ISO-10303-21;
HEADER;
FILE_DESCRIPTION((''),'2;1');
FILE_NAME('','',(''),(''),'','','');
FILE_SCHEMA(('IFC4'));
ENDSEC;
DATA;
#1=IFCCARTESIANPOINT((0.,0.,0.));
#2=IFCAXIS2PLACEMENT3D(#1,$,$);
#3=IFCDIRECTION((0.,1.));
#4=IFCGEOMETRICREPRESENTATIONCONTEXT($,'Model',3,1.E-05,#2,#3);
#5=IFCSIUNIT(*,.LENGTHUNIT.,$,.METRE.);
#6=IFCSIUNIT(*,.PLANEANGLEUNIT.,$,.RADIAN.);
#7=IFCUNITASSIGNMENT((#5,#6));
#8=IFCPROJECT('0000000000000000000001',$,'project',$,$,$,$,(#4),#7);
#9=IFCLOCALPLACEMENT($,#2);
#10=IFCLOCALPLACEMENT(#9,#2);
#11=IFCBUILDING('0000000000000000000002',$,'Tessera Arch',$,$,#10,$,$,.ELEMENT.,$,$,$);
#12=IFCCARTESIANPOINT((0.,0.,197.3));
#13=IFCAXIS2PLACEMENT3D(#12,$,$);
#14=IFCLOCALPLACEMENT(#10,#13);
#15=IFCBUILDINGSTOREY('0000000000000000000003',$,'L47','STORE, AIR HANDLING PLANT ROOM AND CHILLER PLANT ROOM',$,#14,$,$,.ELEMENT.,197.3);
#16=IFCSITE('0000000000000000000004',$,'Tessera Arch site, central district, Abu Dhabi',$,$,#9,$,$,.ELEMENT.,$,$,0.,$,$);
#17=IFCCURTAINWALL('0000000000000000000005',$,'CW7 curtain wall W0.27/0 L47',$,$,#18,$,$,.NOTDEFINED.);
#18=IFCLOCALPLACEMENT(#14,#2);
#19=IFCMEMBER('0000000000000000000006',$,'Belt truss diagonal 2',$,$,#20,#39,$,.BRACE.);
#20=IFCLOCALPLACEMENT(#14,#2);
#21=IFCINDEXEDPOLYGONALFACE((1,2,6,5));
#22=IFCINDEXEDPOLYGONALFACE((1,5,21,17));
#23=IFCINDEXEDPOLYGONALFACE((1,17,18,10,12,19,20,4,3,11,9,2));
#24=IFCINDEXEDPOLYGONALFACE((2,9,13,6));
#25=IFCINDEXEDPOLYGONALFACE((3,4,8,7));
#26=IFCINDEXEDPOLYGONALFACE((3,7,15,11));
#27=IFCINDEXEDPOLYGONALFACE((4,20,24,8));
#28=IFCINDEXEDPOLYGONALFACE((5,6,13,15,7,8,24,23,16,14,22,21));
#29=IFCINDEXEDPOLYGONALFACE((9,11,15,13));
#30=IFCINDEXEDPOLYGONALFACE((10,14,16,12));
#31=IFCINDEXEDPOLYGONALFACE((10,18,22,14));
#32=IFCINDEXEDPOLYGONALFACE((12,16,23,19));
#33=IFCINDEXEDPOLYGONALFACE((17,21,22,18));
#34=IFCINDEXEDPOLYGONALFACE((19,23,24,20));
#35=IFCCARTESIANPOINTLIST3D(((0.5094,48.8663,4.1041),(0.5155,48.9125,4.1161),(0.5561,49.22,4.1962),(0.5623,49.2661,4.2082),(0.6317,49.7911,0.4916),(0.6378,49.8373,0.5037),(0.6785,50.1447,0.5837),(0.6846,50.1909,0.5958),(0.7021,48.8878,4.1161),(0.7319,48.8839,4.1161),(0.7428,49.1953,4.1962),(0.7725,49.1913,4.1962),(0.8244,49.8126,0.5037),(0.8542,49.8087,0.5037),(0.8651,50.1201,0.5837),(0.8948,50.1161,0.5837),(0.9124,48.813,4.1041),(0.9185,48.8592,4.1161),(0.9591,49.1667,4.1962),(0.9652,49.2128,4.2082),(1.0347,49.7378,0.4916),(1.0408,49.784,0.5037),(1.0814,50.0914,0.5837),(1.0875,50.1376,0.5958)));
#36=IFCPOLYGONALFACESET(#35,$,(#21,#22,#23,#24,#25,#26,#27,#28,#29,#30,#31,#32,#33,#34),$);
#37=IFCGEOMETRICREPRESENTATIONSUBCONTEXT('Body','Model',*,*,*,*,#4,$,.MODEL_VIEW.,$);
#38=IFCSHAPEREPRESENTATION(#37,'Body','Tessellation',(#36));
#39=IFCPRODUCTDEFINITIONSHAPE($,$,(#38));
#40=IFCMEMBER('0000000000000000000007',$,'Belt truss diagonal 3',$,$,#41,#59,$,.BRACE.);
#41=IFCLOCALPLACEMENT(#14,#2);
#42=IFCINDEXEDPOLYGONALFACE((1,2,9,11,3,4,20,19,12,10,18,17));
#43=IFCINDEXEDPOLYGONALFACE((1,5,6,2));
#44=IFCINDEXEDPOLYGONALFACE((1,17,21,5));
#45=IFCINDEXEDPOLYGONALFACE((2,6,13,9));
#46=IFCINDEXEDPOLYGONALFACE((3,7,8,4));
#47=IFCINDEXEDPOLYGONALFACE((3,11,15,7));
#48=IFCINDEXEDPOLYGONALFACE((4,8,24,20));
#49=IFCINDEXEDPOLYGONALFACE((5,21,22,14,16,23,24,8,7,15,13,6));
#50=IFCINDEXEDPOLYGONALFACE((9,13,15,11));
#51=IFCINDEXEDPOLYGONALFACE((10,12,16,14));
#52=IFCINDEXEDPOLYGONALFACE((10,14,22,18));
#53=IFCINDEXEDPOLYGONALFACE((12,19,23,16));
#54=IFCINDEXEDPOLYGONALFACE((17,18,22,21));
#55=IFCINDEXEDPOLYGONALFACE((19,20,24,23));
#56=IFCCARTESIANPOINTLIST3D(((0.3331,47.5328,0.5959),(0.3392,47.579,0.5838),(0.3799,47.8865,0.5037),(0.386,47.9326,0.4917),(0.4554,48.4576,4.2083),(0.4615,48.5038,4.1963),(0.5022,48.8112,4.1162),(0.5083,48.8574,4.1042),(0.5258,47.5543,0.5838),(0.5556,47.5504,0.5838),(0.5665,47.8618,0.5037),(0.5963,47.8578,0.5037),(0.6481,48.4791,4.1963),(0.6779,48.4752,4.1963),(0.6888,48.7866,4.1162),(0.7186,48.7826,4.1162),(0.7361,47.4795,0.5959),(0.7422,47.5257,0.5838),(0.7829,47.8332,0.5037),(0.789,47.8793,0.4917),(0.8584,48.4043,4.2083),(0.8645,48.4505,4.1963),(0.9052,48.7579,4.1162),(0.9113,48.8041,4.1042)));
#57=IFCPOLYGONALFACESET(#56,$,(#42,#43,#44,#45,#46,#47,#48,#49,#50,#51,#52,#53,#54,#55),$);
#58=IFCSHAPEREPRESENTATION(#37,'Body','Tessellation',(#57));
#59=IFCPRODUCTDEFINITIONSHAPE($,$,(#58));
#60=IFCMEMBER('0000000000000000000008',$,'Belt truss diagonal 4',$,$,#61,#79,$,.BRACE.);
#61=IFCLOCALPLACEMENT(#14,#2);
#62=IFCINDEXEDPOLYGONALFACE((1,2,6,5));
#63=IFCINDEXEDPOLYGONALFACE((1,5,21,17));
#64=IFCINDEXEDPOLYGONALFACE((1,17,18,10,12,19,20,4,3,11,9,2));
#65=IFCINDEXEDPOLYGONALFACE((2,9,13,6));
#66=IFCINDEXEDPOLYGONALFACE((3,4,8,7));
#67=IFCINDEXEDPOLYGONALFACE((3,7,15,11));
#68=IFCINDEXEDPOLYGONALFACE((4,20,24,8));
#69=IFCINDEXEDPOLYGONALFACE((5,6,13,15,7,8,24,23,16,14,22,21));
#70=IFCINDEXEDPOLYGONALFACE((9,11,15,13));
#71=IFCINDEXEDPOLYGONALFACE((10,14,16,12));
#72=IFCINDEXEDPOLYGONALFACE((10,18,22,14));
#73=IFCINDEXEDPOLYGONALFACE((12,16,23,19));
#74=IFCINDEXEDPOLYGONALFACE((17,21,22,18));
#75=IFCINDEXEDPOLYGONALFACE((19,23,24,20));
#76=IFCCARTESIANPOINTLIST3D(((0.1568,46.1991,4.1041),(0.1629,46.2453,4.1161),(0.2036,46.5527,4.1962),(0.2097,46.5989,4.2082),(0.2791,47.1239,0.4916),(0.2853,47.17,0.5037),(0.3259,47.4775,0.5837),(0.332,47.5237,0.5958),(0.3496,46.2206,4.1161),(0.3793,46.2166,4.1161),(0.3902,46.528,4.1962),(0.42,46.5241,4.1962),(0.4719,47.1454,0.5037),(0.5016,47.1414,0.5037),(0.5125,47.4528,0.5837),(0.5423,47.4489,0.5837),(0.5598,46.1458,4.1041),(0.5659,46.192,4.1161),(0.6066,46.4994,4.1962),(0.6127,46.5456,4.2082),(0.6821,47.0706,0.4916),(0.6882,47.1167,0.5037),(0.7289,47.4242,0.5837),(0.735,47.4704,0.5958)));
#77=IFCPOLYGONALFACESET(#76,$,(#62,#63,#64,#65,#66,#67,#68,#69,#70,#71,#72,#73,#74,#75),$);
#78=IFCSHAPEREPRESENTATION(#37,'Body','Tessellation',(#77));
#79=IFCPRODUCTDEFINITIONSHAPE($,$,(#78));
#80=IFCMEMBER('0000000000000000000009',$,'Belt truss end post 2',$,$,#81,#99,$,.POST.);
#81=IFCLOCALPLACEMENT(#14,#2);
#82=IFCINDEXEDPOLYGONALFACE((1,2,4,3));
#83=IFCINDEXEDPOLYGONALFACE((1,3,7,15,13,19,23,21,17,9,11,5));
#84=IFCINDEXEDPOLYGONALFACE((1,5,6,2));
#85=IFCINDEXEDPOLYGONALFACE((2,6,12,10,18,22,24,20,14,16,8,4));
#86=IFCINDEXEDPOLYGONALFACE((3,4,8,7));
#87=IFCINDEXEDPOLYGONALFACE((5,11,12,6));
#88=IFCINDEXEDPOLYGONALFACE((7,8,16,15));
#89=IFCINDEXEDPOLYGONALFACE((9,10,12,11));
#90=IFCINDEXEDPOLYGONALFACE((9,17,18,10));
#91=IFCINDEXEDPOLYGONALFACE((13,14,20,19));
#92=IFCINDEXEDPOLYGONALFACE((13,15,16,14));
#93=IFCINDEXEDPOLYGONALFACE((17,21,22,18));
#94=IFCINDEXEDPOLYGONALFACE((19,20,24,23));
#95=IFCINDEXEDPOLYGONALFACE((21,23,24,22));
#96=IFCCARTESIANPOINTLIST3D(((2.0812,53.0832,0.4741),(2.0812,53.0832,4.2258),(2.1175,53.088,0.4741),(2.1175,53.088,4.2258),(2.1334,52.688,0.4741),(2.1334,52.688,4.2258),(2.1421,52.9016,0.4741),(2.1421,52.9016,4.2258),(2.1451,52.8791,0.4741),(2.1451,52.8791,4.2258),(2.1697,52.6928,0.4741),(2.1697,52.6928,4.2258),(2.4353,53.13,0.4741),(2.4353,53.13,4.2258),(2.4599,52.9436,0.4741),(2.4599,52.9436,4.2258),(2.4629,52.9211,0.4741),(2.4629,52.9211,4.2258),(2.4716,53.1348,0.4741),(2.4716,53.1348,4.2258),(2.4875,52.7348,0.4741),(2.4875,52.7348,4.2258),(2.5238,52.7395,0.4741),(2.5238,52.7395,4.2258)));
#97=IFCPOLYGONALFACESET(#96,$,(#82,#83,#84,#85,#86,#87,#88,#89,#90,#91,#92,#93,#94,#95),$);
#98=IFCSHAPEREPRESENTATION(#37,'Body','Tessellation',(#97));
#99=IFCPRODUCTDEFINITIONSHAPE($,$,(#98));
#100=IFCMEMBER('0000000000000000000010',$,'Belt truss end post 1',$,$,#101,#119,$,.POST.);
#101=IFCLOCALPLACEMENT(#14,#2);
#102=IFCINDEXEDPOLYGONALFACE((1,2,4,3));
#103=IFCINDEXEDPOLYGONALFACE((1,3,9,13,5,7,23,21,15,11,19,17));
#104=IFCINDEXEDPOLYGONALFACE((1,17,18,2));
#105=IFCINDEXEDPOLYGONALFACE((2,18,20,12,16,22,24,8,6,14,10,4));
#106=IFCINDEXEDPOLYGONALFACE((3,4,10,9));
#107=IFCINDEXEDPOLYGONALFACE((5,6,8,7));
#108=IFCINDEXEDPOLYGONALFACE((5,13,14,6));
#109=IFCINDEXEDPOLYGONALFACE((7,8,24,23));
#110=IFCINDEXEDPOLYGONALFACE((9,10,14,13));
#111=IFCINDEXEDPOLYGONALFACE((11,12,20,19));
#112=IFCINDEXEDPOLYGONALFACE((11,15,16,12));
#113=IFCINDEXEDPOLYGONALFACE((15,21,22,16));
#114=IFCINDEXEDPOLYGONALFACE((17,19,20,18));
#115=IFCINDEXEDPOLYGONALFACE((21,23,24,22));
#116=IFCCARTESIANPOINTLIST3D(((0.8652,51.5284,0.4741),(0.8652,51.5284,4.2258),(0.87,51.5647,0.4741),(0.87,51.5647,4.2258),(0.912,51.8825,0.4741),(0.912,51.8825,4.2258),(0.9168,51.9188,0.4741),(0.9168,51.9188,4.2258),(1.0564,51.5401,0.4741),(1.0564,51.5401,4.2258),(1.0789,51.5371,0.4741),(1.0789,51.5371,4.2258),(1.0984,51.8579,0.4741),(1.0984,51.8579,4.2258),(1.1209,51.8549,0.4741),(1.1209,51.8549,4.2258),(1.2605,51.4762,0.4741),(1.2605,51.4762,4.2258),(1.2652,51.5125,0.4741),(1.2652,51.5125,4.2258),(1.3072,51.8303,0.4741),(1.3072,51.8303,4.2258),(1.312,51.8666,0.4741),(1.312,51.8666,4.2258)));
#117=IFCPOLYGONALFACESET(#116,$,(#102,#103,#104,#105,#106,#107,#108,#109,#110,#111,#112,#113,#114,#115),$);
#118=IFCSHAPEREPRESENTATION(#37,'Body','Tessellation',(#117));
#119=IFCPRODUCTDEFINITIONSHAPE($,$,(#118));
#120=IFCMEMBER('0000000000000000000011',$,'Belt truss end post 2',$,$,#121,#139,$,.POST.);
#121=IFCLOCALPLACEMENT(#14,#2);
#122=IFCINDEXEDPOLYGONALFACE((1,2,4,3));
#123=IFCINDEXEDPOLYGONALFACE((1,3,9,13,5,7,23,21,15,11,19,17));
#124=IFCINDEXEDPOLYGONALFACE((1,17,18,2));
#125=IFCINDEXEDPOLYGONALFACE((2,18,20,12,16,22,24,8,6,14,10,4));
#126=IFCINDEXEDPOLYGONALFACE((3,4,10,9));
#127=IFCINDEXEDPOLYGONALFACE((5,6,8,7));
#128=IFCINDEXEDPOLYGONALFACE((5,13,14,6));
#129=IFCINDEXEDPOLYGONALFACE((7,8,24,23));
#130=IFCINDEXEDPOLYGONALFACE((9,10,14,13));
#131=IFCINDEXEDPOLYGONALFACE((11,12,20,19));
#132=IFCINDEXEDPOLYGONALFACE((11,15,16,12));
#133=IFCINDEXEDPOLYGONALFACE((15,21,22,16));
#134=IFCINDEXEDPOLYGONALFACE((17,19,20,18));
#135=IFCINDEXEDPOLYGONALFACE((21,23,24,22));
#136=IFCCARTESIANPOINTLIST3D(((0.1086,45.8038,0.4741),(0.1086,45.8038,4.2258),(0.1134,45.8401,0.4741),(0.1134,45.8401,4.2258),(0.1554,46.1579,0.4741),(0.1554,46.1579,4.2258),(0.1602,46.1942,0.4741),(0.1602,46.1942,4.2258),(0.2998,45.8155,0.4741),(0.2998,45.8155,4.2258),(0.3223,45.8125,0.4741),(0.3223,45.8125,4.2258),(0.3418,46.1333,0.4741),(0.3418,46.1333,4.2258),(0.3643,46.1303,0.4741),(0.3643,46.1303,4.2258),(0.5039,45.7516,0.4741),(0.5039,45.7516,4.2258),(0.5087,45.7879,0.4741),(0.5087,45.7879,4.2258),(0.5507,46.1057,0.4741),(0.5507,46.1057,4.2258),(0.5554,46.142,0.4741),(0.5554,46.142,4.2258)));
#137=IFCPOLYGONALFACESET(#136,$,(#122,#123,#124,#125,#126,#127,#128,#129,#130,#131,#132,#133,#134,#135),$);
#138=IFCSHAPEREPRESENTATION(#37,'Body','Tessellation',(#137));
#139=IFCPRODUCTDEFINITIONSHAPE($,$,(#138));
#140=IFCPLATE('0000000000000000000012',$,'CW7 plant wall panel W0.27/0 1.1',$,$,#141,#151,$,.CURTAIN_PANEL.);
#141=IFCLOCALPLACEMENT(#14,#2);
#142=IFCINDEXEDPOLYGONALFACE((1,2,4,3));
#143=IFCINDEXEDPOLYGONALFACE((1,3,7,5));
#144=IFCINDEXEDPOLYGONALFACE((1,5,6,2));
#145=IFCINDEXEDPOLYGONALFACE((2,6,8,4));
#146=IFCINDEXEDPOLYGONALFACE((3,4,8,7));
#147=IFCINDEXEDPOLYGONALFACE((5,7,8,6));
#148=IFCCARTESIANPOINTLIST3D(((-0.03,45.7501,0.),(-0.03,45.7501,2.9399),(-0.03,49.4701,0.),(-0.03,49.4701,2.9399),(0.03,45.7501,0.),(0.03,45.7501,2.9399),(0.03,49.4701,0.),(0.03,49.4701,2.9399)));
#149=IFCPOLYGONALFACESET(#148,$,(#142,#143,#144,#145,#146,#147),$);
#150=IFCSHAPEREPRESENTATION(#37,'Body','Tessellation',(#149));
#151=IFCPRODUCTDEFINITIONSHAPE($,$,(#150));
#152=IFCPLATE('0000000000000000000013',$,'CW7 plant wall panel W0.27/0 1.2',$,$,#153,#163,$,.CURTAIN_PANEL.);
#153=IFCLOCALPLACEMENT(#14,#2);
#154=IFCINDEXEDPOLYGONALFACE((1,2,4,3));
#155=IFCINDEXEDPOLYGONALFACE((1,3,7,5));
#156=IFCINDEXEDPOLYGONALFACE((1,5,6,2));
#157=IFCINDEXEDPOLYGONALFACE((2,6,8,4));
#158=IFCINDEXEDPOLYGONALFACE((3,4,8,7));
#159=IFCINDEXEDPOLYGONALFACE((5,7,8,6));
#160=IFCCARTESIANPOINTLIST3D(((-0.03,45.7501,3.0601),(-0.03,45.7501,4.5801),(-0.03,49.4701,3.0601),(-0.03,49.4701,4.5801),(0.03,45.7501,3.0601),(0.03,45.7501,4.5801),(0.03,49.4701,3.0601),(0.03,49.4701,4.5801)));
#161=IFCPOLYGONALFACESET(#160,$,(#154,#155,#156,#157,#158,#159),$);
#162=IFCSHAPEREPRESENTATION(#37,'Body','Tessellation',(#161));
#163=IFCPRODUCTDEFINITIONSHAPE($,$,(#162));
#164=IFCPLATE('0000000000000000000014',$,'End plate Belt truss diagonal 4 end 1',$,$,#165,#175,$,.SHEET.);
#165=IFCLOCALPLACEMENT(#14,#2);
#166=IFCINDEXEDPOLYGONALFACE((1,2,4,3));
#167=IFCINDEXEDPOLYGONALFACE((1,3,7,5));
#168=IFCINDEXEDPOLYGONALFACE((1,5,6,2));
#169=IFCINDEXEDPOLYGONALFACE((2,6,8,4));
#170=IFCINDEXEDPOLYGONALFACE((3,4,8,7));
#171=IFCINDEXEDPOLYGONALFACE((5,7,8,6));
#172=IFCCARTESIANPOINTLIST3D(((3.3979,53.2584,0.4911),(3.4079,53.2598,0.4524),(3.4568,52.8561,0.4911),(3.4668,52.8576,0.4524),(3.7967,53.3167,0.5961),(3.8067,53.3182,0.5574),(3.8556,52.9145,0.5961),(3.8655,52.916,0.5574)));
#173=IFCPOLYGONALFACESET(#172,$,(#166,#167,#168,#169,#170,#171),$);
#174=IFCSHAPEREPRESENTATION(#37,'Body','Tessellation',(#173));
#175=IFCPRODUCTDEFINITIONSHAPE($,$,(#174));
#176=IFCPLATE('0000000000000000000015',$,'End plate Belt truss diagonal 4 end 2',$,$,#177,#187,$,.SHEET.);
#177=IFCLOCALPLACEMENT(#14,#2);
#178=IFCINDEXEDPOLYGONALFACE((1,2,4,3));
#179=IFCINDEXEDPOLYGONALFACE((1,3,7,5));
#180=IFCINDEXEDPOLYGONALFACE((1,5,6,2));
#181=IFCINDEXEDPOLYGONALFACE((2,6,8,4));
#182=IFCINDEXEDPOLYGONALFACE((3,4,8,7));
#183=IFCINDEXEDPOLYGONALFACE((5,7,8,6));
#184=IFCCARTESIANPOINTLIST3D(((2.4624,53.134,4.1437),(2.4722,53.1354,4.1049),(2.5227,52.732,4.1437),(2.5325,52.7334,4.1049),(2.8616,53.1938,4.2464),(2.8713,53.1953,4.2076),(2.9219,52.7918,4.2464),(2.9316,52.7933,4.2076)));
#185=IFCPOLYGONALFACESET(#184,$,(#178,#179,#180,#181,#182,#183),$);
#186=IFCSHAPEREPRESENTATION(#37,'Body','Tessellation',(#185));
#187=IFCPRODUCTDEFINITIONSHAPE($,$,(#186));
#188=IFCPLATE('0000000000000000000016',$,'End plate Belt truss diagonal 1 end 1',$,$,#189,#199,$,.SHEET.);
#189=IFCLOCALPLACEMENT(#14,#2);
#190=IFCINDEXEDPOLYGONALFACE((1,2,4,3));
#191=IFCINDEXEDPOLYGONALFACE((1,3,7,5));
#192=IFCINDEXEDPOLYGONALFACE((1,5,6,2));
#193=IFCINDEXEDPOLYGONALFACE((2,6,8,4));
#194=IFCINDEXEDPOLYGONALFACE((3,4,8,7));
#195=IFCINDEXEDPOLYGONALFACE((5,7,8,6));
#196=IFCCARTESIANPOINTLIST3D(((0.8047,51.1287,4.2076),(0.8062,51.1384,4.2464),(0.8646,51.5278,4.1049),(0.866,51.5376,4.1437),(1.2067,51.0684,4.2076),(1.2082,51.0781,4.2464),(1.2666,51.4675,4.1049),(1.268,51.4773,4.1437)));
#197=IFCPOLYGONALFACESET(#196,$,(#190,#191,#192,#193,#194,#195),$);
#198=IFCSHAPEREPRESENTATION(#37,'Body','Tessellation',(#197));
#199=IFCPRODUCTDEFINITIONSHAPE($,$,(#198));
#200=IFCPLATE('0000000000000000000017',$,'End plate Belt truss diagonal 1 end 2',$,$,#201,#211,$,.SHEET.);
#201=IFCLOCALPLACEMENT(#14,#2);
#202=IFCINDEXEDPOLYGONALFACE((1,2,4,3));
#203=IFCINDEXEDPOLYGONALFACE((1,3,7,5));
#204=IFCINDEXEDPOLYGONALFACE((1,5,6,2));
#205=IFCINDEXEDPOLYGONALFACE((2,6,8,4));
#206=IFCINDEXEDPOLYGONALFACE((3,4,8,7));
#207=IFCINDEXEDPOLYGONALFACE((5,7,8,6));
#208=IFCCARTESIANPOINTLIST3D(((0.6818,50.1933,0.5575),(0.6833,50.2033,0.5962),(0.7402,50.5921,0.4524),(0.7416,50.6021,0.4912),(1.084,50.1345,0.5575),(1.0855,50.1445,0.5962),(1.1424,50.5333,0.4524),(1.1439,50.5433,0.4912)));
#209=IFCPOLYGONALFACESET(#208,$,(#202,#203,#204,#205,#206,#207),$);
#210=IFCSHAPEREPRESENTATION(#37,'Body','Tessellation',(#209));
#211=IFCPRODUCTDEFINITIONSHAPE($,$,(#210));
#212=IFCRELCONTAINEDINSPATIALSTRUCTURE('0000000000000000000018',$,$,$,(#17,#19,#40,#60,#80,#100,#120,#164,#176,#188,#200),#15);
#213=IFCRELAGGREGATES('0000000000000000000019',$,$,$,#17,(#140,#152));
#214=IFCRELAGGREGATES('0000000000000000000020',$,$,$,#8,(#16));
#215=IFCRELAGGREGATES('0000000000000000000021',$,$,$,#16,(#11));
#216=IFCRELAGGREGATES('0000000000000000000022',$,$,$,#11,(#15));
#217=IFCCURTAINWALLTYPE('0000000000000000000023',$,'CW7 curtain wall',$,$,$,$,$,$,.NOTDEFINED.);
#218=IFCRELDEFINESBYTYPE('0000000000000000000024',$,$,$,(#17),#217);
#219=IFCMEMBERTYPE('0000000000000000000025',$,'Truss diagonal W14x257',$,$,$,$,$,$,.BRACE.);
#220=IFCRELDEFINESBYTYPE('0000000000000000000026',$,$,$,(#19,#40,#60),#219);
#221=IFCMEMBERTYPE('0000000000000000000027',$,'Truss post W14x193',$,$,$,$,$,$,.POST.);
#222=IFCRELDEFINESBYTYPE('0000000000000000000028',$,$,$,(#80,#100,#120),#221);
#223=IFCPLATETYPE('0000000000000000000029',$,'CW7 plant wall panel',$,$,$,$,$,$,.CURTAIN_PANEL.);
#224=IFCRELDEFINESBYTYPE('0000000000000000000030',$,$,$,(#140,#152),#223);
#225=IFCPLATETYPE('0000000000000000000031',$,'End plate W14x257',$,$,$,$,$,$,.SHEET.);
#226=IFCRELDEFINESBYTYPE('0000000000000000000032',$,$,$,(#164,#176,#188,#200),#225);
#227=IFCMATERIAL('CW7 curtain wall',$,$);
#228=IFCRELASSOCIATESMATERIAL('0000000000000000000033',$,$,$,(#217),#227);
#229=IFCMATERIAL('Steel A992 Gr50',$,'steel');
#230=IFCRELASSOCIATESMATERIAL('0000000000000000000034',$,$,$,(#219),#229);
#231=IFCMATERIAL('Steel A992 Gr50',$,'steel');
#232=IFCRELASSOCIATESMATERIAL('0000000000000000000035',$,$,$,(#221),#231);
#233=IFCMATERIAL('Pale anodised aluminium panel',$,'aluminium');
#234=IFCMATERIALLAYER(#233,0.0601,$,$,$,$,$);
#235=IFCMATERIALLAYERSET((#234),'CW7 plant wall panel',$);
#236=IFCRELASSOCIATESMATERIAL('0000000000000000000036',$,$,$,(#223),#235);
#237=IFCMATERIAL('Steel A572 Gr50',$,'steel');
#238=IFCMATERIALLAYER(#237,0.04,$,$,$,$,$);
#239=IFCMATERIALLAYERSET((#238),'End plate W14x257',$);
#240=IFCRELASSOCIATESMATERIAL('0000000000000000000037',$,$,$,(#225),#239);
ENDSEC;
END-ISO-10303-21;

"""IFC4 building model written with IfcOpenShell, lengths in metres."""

from ifc_helpers import new_model, si_unit, direction, frame, origin, origin_2d, place, context, subcontext, project, spatial, rectangle, i_section, extrude, material, layer, layer_set, material_profile, profile_set, type_object, element, aggregate, save


model = new_model("IFC4")

# Units and contexts
model_context = context("Model", 3, precision=1e-05, world=origin(), true_north=direction((0.0, 1.0)))
body_context = subcontext(model_context, "Body", "Model", "MODEL_VIEW")
ifc_project = project(units=[si_unit("LENGTHUNIT", "METRE"), si_unit("PLANEANGLEUNIT", "RADIAN")], contexts=[model_context])

# Site, building, storey
site_placement = place(None, origin())
site = spatial("IfcSite", under=ifc_project, at=site_placement, Name="Tessera Arch site, central district, Abu Dhabi", CompositionType="ELEMENT", RefElevation=0.0)
building_placement = place(site_placement, origin())
building = spatial("IfcBuilding", under=site, at=building_placement, Name="Tessera Arch", CompositionType="ELEMENT")
storey_placement = place(building_placement, frame((0.0, 0.0, 197.3)))
storey = spatial("IfcBuildingStorey", under=building, at=storey_placement, Name="L47", Description="STORE, AIR HANDLING PLANT ROOM AND CHILLER PLANT ROOM", CompositionType="ELEMENT", Elevation=197.3)

# Curtain wall
ifc_material_1 = material(Name="CW7 curtain wall")
curtain_wall_type = type_object("IfcCurtainWallType", Name="CW7 curtain wall", PredefinedType="NOTDEFINED", material=ifc_material_1)
curtain_wall_placement = place(storey_placement, origin())
curtain_wall = element("IfcCurtainWall", 1, at=curtain_wall_placement, inside=storey, type_object=curtain_wall_type, Name="CW7 curtain wall W0.27/0 L47", PredefinedType="NOTDEFINED")

# Members
ifc_material_2 = material(Name="Steel A992 Gr50", Category="steel")
ifc_material_profile_1 = material_profile(ifc_material_2, i_section(OverallWidth=0.4065, OverallDepth=0.4165, WebThickness=0.03, FlangeThickness=0.0481, at=origin_2d()), Name="W14x257")
ifc_profile_set_1 = profile_set([ifc_material_profile_1], Name="Steel A992 Gr50")
member_type_1 = type_object("IfcMemberType", Name="Truss diagonal W14x257", PredefinedType="BRACE", material=ifc_profile_set_1)
for number, where, z_axis, x_axis, name in (
    (2, (0.8596, 49.9644, 0.5437), (-0.032783, -0.247867, 0.968239), (0.991367, -0.131118, 0.0), "Belt truss diagonal 2"),
    (3, (0.6833, 48.6309, 4.1562), (-0.032783, -0.247867, -0.968239), (0.991367, -0.131118, 0.0), "Belt truss diagonal 3"),
    (4, (0.5071, 47.2971, 0.5437), (-0.032783, -0.247867, 0.968239), (0.991367, -0.131118, 0.0), "Belt truss diagonal 4"),
):
    element("IfcMember", number, at=place(storey_placement, frame(where, z_axis=z_axis, x_axis=x_axis)), inside=storey, type_object=member_type_1, Name=name, PredefinedType="BRACE", context=body_context, shape_type="SweptSolid", body=[
        extrude(i_section(OverallWidth=0.4065, OverallDepth=0.4165, WebThickness=0.03, FlangeThickness=0.0481, at=origin_2d()), origin(), (0.0, 0.0, 1.0), 3.731),
    ])
ifc_material_3 = material(Name="Steel A992 Gr50", Category="steel")
ifc_material_profile_2 = material_profile(ifc_material_3, i_section(OverallWidth=0.3987, OverallDepth=0.3938, WebThickness=0.0227, FlangeThickness=0.0366, at=origin_2d()), Name="W14x193")
ifc_profile_set_2 = profile_set([ifc_material_profile_2], Name="Steel A992 Gr50")
member_type_2 = type_object("IfcMemberType", Name="Truss post W14x193", PredefinedType="POST", material=ifc_profile_set_2)
for number, where, z_axis, x_axis, name in (
    (5, (2.3025, 52.9114, 0.4741), (0.0, 0.0, 1.0), (-0.131003, 0.991382, 0.0), "Belt truss end post 2"),
    (6, (1.0886, 51.6975, 0.4741), (0.0, 0.0, 1.0), (-0.991382, 0.131003, 0.0), "Belt truss end post 1"),
    (7, (0.332, 45.9729, 0.4741), (0.0, 0.0, 1.0), (-0.991382, 0.131003, 0.0), "Belt truss end post 2"),
):
    element("IfcMember", number, at=place(storey_placement, frame(where, z_axis=z_axis, x_axis=x_axis)), inside=storey, type_object=member_type_2, Name=name, PredefinedType="POST", context=body_context, shape_type="SweptSolid", body=[
        extrude(i_section(OverallWidth=0.3987, OverallDepth=0.3938, WebThickness=0.0227, FlangeThickness=0.0366, at=origin_2d()), origin(), (0.0, 0.0, 1.0), 3.7517),
    ])

# Plates
ifc_material_4 = material(Name="Pale anodised aluminium panel", Category="aluminium")
ifc_layer_1 = layer(ifc_material_4, 0.0601)
ifc_layer_set_1 = layer_set([ifc_layer_1], Name="CW7 plant wall panel")
plate_type_1 = type_object("IfcPlateType", Name="CW7 plant wall panel", PredefinedType="CURTAIN_PANEL", material=ifc_layer_set_1)
plate_1_placement = place(storey_placement, frame((0.0, 47.6101, 0.0), z_axis=(0.0, 0.0, 1.0), x_axis=(0.0, -1.0, 0.0)))
plate_1 = element("IfcPlate", 8, at=plate_1_placement, type_object=plate_type_1, Name="CW7 plant wall panel W0.27/0 1.1", PredefinedType="CURTAIN_PANEL", context=body_context, shape_type="SweptSolid", body=[
    extrude(rectangle(XDim=3.72, YDim=0.0601, at=origin_2d()), origin(), (0.0, 0.0, 1.0), 2.9399),
])
plate_2_placement = place(storey_placement, frame((0.0, 47.6101, 3.0601), z_axis=(0.0, 0.0, 1.0), x_axis=(0.0, -1.0, 0.0)))
plate_2 = element("IfcPlate", 9, at=plate_2_placement, type_object=plate_type_1, Name="CW7 plant wall panel W0.27/0 1.2", PredefinedType="CURTAIN_PANEL", context=body_context, shape_type="SweptSolid", body=[
    extrude(rectangle(XDim=3.72, YDim=0.0601, at=origin_2d()), origin(), (0.0, 0.0, 1.0), 1.52),
])
aggregate(curtain_wall, [plate_1, plate_2])

# Plates
ifc_material_5 = material(Name="Steel A572 Gr50", Category="steel")
ifc_layer_2 = layer(ifc_material_5, 0.04)
ifc_layer_set_2 = layer_set([ifc_layer_2], Name="End plate W14x257")
plate_type_2 = type_object("IfcPlateType", Name="End plate W14x257", PredefinedType="SHEET", material=ifc_layer_set_2)
for number, where, z_axis, x_axis, name in (
    (10, (3.6367, 53.0879, 0.5049), (-0.249527, -0.036516, 0.967679), (0.144799, -0.989461, 0.0), "End plate Belt truss diagonal 4 end 1"),
    (11, (2.7019, 52.9644, 4.1562), (-0.243807, -0.036571, 0.969134), (0.14834, -0.988936, 0.0), "End plate Belt truss diagonal 4 end 2"),
    (12, (1.0371, 51.3079, 4.1951), (-0.036571, -0.243807, -0.969134), (0.988936, -0.14834, 0.0), "End plate Belt truss diagonal 1 end 1"),
    (13, (0.9136, 50.3733, 0.5437), (-0.036516, -0.249527, -0.967679), (0.989461, -0.144799, 0.0), "End plate Belt truss diagonal 1 end 2"),
):
    element("IfcPlate", number, at=place(storey_placement, frame(where, z_axis=z_axis, x_axis=x_axis)), inside=storey, type_object=plate_type_2, Name=name, PredefinedType="SHEET", context=body_context, shape_type="SweptSolid", body=[
        extrude(rectangle(XDim=0.4065, YDim=0.4165, at=origin_2d()), origin(), (0.0, 0.0, 1.0), 0.04),
    ])

save(model, "model.ifc")
